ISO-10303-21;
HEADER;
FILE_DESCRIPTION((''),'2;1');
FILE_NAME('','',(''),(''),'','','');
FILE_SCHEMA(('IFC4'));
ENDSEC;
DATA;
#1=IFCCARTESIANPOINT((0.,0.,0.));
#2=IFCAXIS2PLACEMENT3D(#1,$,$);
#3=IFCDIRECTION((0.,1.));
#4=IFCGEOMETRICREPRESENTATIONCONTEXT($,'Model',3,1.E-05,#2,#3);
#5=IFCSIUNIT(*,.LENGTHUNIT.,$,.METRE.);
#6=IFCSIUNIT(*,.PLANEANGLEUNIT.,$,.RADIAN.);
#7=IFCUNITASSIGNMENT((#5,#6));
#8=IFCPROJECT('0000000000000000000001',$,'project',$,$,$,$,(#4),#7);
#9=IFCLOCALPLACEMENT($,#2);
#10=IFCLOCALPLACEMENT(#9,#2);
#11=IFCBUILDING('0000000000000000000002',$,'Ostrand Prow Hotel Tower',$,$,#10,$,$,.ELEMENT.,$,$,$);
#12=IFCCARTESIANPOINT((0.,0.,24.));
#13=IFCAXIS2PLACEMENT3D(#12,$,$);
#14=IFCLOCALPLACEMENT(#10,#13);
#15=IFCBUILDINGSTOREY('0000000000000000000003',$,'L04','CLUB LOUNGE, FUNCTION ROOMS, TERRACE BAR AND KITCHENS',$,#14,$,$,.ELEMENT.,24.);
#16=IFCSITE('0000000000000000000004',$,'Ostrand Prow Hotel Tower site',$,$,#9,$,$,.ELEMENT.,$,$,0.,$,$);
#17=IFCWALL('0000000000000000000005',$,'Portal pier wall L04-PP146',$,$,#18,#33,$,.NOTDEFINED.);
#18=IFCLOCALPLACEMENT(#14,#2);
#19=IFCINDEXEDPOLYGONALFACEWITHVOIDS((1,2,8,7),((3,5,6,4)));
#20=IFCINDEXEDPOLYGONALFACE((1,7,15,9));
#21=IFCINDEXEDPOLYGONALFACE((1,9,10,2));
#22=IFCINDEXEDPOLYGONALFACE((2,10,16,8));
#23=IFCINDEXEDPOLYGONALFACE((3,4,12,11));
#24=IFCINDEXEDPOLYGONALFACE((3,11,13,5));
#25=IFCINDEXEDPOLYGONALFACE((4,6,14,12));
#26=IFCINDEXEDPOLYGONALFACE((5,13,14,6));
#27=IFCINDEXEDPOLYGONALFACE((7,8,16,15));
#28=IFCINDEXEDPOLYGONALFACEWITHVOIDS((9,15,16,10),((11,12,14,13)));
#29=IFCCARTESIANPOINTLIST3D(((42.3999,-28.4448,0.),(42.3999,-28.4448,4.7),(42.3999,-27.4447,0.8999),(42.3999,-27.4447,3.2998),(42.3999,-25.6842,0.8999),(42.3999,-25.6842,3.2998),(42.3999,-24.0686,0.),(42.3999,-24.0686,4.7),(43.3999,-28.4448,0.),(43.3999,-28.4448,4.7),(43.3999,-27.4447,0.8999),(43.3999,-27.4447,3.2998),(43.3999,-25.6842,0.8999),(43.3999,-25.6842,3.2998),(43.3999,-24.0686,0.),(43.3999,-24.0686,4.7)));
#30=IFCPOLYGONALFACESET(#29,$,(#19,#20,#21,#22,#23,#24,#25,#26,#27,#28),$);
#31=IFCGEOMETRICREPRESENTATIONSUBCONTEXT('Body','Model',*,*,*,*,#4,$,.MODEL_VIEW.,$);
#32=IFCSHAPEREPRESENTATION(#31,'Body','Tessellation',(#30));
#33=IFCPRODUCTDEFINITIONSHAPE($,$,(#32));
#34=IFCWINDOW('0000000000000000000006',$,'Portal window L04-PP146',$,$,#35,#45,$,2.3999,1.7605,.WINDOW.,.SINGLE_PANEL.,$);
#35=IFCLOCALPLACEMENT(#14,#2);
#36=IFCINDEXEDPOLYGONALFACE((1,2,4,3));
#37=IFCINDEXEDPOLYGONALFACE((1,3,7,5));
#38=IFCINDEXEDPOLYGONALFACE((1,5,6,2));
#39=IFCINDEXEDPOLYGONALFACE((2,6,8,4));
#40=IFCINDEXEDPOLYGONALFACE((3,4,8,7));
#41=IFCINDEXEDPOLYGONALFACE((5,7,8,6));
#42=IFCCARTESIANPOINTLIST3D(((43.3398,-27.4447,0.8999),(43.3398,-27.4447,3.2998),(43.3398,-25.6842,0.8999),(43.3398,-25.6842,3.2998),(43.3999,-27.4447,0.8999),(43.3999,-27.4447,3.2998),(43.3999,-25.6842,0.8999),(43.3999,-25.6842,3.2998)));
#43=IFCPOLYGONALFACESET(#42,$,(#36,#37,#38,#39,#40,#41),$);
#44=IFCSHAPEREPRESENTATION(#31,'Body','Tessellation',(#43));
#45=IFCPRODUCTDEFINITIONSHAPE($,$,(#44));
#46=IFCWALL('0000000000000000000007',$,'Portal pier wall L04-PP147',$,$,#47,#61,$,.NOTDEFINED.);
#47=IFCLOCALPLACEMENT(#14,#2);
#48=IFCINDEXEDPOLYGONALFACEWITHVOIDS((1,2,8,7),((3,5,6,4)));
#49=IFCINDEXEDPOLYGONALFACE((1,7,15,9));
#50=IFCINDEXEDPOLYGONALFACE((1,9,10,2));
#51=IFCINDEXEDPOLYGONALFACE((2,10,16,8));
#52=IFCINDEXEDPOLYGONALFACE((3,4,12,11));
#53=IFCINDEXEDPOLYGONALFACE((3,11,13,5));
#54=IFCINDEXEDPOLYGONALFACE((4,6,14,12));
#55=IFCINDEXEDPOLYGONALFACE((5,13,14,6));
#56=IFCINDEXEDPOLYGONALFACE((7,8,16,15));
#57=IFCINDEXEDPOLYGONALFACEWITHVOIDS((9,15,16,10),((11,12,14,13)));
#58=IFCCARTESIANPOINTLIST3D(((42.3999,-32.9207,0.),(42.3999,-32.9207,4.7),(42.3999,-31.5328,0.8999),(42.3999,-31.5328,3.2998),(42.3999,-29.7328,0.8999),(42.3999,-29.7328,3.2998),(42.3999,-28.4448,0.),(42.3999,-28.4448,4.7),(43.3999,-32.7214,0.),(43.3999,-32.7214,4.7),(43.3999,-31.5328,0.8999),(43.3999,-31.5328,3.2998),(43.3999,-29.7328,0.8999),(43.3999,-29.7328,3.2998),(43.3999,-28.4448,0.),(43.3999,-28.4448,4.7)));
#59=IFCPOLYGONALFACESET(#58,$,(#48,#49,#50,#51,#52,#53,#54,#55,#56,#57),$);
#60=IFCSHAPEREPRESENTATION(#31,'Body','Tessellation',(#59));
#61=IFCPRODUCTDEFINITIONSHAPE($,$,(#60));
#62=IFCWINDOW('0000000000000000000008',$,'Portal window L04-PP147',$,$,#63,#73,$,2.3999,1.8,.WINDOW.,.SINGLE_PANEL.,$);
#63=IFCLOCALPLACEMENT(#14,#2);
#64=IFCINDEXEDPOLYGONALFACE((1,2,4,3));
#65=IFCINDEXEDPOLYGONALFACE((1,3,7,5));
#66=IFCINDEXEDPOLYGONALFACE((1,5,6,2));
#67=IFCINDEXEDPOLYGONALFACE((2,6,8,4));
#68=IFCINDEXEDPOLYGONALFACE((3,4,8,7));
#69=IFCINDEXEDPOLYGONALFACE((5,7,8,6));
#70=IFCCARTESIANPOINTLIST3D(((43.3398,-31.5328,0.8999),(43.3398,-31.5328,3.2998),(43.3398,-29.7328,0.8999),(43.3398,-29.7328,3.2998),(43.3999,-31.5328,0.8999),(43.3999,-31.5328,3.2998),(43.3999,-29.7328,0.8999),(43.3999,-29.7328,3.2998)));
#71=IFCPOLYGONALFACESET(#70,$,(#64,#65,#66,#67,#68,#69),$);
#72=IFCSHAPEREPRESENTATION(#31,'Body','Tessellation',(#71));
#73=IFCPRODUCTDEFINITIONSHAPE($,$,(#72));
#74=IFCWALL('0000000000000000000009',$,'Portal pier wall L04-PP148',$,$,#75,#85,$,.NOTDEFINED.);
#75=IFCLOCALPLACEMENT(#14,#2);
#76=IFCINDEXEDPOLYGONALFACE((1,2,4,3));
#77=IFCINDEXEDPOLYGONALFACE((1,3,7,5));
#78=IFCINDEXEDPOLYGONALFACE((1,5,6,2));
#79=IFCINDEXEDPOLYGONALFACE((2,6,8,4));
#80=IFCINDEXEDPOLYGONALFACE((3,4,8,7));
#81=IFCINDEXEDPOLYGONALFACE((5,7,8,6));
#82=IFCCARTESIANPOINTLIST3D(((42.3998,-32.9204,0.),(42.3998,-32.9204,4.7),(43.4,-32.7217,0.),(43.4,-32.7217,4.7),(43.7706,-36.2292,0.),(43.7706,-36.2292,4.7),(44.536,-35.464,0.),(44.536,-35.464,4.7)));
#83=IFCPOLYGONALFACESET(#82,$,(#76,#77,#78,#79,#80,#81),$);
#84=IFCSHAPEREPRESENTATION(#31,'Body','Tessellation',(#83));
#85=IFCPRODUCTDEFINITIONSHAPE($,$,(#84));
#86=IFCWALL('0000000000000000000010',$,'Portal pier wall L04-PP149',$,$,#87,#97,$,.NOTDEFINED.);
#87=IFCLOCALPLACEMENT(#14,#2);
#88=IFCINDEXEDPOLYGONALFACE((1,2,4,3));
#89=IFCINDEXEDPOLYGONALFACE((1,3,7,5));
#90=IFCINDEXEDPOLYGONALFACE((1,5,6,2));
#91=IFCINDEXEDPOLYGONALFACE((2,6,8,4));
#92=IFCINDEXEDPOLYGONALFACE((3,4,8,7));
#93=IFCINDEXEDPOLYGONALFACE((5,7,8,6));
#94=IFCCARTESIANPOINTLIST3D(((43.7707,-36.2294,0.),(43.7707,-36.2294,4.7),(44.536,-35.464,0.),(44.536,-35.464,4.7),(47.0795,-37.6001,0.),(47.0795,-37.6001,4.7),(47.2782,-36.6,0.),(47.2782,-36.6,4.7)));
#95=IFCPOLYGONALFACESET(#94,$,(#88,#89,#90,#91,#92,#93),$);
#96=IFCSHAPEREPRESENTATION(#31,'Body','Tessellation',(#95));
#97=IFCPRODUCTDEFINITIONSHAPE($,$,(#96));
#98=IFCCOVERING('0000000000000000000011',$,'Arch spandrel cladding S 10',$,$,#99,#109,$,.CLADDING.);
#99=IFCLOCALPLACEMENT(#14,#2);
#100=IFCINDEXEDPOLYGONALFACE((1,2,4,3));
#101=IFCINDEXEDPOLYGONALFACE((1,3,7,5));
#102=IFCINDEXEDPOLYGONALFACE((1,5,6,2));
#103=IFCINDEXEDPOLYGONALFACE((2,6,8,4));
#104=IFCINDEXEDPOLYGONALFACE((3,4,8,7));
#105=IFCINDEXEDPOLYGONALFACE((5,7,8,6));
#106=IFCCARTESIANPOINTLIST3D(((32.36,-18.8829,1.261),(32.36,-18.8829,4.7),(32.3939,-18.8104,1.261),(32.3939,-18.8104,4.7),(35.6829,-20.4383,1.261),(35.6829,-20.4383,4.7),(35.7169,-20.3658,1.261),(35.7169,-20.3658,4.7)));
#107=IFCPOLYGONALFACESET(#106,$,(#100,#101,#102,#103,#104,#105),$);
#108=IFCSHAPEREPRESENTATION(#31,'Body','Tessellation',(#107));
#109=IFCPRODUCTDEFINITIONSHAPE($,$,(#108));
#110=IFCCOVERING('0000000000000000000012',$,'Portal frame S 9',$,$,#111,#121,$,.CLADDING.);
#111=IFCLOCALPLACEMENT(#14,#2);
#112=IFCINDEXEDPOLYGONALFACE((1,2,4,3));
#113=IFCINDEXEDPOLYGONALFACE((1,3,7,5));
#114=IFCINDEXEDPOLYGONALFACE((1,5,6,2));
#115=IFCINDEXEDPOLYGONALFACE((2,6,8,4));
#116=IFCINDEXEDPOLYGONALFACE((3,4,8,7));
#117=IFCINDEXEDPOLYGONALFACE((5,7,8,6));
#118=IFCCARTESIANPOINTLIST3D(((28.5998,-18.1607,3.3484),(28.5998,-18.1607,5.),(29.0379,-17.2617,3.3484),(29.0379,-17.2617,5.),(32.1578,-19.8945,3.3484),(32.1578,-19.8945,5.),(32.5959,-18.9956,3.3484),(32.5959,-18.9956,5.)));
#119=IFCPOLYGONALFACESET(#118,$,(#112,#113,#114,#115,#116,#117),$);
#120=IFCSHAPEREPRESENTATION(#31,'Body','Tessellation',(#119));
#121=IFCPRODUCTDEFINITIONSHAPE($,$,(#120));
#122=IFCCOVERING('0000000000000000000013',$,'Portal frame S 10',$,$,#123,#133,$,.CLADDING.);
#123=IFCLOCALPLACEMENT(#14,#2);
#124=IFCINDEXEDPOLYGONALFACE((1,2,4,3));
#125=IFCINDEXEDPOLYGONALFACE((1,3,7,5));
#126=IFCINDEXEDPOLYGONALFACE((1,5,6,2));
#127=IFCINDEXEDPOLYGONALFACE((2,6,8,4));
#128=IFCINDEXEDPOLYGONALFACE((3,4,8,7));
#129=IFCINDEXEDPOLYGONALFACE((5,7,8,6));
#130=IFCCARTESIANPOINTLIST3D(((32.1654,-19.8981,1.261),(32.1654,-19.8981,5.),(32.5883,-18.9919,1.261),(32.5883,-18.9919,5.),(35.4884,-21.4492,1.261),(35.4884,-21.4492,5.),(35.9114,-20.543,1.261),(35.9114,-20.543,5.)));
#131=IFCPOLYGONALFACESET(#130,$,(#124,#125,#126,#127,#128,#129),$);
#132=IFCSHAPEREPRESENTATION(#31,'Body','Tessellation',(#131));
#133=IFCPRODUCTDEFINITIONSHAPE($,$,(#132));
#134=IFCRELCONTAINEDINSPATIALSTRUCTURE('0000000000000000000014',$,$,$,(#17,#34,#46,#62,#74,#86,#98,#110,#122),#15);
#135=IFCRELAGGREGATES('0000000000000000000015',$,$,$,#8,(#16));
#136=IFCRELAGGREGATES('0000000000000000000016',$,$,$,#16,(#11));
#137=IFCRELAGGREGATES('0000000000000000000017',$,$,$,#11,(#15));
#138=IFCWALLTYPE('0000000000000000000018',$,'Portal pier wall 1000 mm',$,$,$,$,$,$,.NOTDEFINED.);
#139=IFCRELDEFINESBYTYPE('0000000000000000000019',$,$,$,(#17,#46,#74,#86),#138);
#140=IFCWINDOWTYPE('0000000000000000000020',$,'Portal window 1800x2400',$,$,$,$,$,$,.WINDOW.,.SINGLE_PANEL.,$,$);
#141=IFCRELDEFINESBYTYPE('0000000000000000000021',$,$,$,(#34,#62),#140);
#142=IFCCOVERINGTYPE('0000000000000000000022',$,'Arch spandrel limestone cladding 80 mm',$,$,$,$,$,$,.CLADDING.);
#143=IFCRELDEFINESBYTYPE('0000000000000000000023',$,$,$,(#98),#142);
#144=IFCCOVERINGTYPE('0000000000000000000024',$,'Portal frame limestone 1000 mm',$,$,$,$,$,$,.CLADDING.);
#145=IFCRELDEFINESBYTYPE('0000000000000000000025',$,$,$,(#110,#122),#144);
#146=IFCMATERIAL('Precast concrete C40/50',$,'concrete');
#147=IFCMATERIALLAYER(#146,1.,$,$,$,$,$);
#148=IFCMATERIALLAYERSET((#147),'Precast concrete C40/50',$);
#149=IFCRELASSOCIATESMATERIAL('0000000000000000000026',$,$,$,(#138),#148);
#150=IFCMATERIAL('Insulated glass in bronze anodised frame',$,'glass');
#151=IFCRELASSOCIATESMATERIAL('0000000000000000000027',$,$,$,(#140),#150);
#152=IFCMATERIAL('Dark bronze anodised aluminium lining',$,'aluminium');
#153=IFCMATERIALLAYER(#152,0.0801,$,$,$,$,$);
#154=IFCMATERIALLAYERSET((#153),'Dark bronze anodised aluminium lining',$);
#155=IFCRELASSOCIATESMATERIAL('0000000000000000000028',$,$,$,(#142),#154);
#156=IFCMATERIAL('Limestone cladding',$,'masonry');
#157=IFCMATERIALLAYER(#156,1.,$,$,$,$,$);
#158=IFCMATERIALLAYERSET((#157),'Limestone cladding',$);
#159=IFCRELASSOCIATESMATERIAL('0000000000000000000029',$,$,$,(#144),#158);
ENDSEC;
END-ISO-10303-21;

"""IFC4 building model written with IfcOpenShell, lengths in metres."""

from ifc_helpers import new_model, si_unit, direction, frame, frame_2d, origin, place, context, subcontext, project, spatial, polyline, rectangle, outline, extrude, material, layer, layer_set, type_object, element, fill, save


model = new_model("IFC4")

# Units and contexts
model_context = context("Model", 3, precision=1e-05, world=origin(), true_north=direction((0.0, 1.0)))
body_context = subcontext(model_context, "Body", "Model", "MODEL_VIEW")
ifc_project = project(units=[si_unit("LENGTHUNIT", "METRE"), si_unit("PLANEANGLEUNIT", "RADIAN")], contexts=[model_context])

# Site, building, storey
site_placement = place(None, origin())
site = spatial("IfcSite", under=ifc_project, at=site_placement, Name="Ostrand Prow Hotel Tower site", CompositionType="ELEMENT", RefElevation=0.0)
building_placement = place(site_placement, origin())
building = spatial("IfcBuilding", under=site, at=building_placement, Name="Ostrand Prow Hotel Tower", CompositionType="ELEMENT")
storey_placement = place(building_placement, frame((0.0, 0.0, 24.0)))
storey = spatial("IfcBuildingStorey", under=building, at=storey_placement, Name="L04", Description="CLUB LOUNGE, FUNCTION ROOMS, TERRACE BAR AND KITCHENS", CompositionType="ELEMENT", Elevation=24.0)

# Shared definitions
ifc_material_1 = material(Name="Precast concrete C40/50", Category="concrete")
ifc_layer_1 = layer(ifc_material_1, 1.0)
ifc_layer_set_1 = layer_set([ifc_layer_1], Name="Precast concrete C40/50")
wall_type_1 = type_object("IfcWallType", Name="Portal pier wall 1000 mm", PredefinedType="NOTDEFINED", material=ifc_layer_set_1)
ifc_material_2 = material(Name="Insulated glass in bronze anodised frame", Category="glass")
window_type = type_object("IfcWindowType", Name="Portal window 1800x2400", PartitioningType="SINGLE_PANEL", PredefinedType="WINDOW", material=ifc_material_2)

# Walls, openings, windows
wall_1_placement = place(storey_placement, frame((42.8999, -24.0686, 0.0), z_axis=(0.0, 0.0, 1.0), x_axis=(0.0, -1.0, 0.0)))
wall_1 = element("IfcWall", 1, at=wall_1_placement, inside=storey, type_object=wall_type_1, Name="Portal pier wall L04-PP146", PredefinedType="NOTDEFINED", context=body_context, shape_type="SweptSolid", body=[
    extrude(outline(polyline([(0.0, -0.5), (4.3762, -0.5), (4.3762, 0.5), (0.0, 0.5), (0.0, -0.5)])), origin(), (0.0, 0.0, 1.0), 4.7),
])
opening_1_placement = place(wall_1_placement, frame((1.6155, 0.0, 0.8999)))
opening_1 = element("IfcOpeningElement", 2, at=opening_1_placement, cuts=wall_1, PredefinedType="OPENING", context=body_context, shape_type="SweptSolid", body=[
    extrude(rectangle(XDim=1.7605, YDim=2.3999, at=frame_2d((0.8804, 1.2))), frame((0.0, 0.51, 0.0), z_axis=(0.0, -1.0, 0.0), x_axis=(1.0, 0.0, 0.0)), (0.0, 0.0, 1.0), 1.02),
])
window_1_placement = place(opening_1_placement, origin())
window_1 = element("IfcWindow", 3, at=window_1_placement, inside=storey, type_object=window_type, Name="Portal window L04-PP146", OverallHeight=2.3999, OverallWidth=1.7605, PartitioningType="SINGLE_PANEL", PredefinedType="WINDOW", context=body_context, shape_type="SweptSolid", body=[
    extrude(rectangle(XDim=1.7605, YDim=2.3999, at=frame_2d((0.8804, 1.2))), frame((0.0, 0.5, 0.0), z_axis=(0.0, -1.0, 0.0), x_axis=(1.0, 0.0, 0.0)), (0.0, 0.0, 1.0), 0.0601),
])
fill(opening_1, window_1)
wall_2_placement = place(storey_placement, frame((42.8999, -28.4448, 0.0), z_axis=(0.0, 0.0, 1.0), x_axis=(0.0, -1.0, 0.0)))
wall_2 = element("IfcWall", 4, at=wall_2_placement, inside=storey, type_object=wall_type_1, Name="Portal pier wall L04-PP147", PredefinedType="NOTDEFINED", context=body_context, shape_type="SweptSolid", body=[
    extrude(outline(polyline([(0.0, -0.5), (4.4758, -0.5), (4.2766, 0.5), (0.0, 0.5), (0.0, -0.5)])), origin(), (0.0, 0.0, 1.0), 4.7),
])
opening_2_placement = place(wall_2_placement, frame((1.2881, 0.0, 0.8999)))
opening_2 = element("IfcOpeningElement", 5, at=opening_2_placement, cuts=wall_2, PredefinedType="OPENING", context=body_context, shape_type="SweptSolid", body=[
    extrude(rectangle(XDim=1.8, YDim=2.3999, at=frame_2d((0.8999, 1.2))), frame((0.0, 0.51, 0.0), z_axis=(0.0, -1.0, 0.0), x_axis=(1.0, 0.0, 0.0)), (0.0, 0.0, 1.0), 1.02),
])
window_2_placement = place(opening_2_placement, origin())
window_2 = element("IfcWindow", 6, at=window_2_placement, inside=storey, type_object=window_type, Name="Portal window L04-PP147", OverallHeight=2.3999, OverallWidth=1.8, PartitioningType="SINGLE_PANEL", PredefinedType="WINDOW", context=body_context, shape_type="SweptSolid", body=[
    extrude(rectangle(XDim=1.8, YDim=2.3999, at=frame_2d((0.8999, 1.2))), frame((0.0, 0.5, 0.0), z_axis=(0.0, -1.0, 0.0), x_axis=(1.0, 0.0, 0.0)), (0.0, 0.0, 1.0), 0.0601),
])
fill(opening_2, window_2)

# Walls
wall_3_placement = place(storey_placement, frame((42.8999, -32.821, 0.0), z_axis=(0.0, 0.0, 1.0), x_axis=(0.382725, -0.923862, 0.0)))
element("IfcWall", 7, at=wall_3_placement, inside=storey, type_object=wall_type_1, Name="Portal pier wall L04-PP148", PredefinedType="NOTDEFINED", context=body_context, shape_type="SweptSolid", body=[
    extrude(outline(polyline([(-0.0996, -0.5), (3.4819, -0.5), (3.0679, 0.5), (0.0996, 0.5), (-0.0996, -0.5)])), origin(), (0.0, 0.0, 1.0), 4.7),
])
wall_4_placement = place(storey_placement, frame((44.1533, -35.8467, 0.0), z_axis=(0.0, 0.0, 1.0), x_axis=(0.923862, -0.382725, 0.0)))
element("IfcWall", 8, at=wall_4_placement, inside=storey, type_object=wall_type_1, Name="Portal pier wall L04-PP149", PredefinedType="NOTDEFINED", context=body_context, shape_type="SweptSolid", body=[
    extrude(outline(polyline([(-0.207, -0.5), (3.3745, -0.5), (3.1753, 0.5), (0.207, 0.5), (-0.207, -0.5)])), origin(), (0.0, 0.0, 1.0), 4.7),
])

# Coverings
ifc_material_3 = material(Name="Dark bronze anodised aluminium lining", Category="aluminium")
ifc_layer_2 = layer(ifc_material_3, 0.0801)
ifc_layer_set_2 = layer_set([ifc_layer_2], Name="Dark bronze anodised aluminium lining")
covering_type_1 = type_object("IfcCoveringType", Name="Arch spandrel limestone cladding 80 mm", PredefinedType="CLADDING", material=ifc_layer_set_2)
covering_1_placement = place(storey_placement, frame((32.377, -18.8467, 1.261), z_axis=(0.0, 0.0, 1.0), x_axis=(0.905693, -0.423934, 0.0)))
element("IfcCovering", 9, at=covering_1_placement, inside=storey, type_object=covering_type_1, Name="Arch spandrel cladding S 10", PredefinedType="CLADDING", context=body_context, shape_type="SweptSolid", body=[
    extrude(rectangle(XDim=3.6689, YDim=0.0801, at=frame_2d((1.8345, 0.0))), origin(), (0.0, 0.0, 1.0), 3.439),
])
ifc_material_4 = material(Name="Limestone cladding", Category="masonry")
ifc_layer_3 = layer(ifc_material_4, 1.0)
ifc_layer_set_3 = layer_set([ifc_layer_3], Name="Limestone cladding")
covering_type_2 = type_object("IfcCoveringType", Name="Portal frame limestone 1000 mm", PredefinedType="CLADDING", material=ifc_layer_set_3)
covering_2_placement = place(storey_placement, frame((28.8188, -17.7112, 3.3484), z_axis=(0.0, 0.0, 1.0), x_axis=(0.898945, -0.438061, 0.0)))
element("IfcCovering", 10, at=covering_2_placement, inside=storey, type_object=covering_type_2, Name="Portal frame S 9", PredefinedType="CLADDING", context=body_context, shape_type="SweptSolid", body=[
    extrude(rectangle(XDim=3.958, YDim=1.0, at=frame_2d((1.979, 0.0))), origin(), (0.0, 0.0, 1.0), 1.6516),
])
covering_3_placement = place(storey_placement, frame((32.377, -19.4451, 1.261), z_axis=(0.0, 0.0, 1.0), x_axis=(0.906153, -0.422951, 0.0)))
element("IfcCovering", 11, at=covering_3_placement, inside=storey, type_object=covering_type_2, Name="Portal frame S 10", PredefinedType="CLADDING", context=body_context, shape_type="SweptSolid", body=[
    extrude(rectangle(XDim=3.6672, YDim=1.0, at=frame_2d((1.8335, 0.0))), origin(), (0.0, 0.0, 1.0), 3.739),
])

save(model, "model.ifc")
